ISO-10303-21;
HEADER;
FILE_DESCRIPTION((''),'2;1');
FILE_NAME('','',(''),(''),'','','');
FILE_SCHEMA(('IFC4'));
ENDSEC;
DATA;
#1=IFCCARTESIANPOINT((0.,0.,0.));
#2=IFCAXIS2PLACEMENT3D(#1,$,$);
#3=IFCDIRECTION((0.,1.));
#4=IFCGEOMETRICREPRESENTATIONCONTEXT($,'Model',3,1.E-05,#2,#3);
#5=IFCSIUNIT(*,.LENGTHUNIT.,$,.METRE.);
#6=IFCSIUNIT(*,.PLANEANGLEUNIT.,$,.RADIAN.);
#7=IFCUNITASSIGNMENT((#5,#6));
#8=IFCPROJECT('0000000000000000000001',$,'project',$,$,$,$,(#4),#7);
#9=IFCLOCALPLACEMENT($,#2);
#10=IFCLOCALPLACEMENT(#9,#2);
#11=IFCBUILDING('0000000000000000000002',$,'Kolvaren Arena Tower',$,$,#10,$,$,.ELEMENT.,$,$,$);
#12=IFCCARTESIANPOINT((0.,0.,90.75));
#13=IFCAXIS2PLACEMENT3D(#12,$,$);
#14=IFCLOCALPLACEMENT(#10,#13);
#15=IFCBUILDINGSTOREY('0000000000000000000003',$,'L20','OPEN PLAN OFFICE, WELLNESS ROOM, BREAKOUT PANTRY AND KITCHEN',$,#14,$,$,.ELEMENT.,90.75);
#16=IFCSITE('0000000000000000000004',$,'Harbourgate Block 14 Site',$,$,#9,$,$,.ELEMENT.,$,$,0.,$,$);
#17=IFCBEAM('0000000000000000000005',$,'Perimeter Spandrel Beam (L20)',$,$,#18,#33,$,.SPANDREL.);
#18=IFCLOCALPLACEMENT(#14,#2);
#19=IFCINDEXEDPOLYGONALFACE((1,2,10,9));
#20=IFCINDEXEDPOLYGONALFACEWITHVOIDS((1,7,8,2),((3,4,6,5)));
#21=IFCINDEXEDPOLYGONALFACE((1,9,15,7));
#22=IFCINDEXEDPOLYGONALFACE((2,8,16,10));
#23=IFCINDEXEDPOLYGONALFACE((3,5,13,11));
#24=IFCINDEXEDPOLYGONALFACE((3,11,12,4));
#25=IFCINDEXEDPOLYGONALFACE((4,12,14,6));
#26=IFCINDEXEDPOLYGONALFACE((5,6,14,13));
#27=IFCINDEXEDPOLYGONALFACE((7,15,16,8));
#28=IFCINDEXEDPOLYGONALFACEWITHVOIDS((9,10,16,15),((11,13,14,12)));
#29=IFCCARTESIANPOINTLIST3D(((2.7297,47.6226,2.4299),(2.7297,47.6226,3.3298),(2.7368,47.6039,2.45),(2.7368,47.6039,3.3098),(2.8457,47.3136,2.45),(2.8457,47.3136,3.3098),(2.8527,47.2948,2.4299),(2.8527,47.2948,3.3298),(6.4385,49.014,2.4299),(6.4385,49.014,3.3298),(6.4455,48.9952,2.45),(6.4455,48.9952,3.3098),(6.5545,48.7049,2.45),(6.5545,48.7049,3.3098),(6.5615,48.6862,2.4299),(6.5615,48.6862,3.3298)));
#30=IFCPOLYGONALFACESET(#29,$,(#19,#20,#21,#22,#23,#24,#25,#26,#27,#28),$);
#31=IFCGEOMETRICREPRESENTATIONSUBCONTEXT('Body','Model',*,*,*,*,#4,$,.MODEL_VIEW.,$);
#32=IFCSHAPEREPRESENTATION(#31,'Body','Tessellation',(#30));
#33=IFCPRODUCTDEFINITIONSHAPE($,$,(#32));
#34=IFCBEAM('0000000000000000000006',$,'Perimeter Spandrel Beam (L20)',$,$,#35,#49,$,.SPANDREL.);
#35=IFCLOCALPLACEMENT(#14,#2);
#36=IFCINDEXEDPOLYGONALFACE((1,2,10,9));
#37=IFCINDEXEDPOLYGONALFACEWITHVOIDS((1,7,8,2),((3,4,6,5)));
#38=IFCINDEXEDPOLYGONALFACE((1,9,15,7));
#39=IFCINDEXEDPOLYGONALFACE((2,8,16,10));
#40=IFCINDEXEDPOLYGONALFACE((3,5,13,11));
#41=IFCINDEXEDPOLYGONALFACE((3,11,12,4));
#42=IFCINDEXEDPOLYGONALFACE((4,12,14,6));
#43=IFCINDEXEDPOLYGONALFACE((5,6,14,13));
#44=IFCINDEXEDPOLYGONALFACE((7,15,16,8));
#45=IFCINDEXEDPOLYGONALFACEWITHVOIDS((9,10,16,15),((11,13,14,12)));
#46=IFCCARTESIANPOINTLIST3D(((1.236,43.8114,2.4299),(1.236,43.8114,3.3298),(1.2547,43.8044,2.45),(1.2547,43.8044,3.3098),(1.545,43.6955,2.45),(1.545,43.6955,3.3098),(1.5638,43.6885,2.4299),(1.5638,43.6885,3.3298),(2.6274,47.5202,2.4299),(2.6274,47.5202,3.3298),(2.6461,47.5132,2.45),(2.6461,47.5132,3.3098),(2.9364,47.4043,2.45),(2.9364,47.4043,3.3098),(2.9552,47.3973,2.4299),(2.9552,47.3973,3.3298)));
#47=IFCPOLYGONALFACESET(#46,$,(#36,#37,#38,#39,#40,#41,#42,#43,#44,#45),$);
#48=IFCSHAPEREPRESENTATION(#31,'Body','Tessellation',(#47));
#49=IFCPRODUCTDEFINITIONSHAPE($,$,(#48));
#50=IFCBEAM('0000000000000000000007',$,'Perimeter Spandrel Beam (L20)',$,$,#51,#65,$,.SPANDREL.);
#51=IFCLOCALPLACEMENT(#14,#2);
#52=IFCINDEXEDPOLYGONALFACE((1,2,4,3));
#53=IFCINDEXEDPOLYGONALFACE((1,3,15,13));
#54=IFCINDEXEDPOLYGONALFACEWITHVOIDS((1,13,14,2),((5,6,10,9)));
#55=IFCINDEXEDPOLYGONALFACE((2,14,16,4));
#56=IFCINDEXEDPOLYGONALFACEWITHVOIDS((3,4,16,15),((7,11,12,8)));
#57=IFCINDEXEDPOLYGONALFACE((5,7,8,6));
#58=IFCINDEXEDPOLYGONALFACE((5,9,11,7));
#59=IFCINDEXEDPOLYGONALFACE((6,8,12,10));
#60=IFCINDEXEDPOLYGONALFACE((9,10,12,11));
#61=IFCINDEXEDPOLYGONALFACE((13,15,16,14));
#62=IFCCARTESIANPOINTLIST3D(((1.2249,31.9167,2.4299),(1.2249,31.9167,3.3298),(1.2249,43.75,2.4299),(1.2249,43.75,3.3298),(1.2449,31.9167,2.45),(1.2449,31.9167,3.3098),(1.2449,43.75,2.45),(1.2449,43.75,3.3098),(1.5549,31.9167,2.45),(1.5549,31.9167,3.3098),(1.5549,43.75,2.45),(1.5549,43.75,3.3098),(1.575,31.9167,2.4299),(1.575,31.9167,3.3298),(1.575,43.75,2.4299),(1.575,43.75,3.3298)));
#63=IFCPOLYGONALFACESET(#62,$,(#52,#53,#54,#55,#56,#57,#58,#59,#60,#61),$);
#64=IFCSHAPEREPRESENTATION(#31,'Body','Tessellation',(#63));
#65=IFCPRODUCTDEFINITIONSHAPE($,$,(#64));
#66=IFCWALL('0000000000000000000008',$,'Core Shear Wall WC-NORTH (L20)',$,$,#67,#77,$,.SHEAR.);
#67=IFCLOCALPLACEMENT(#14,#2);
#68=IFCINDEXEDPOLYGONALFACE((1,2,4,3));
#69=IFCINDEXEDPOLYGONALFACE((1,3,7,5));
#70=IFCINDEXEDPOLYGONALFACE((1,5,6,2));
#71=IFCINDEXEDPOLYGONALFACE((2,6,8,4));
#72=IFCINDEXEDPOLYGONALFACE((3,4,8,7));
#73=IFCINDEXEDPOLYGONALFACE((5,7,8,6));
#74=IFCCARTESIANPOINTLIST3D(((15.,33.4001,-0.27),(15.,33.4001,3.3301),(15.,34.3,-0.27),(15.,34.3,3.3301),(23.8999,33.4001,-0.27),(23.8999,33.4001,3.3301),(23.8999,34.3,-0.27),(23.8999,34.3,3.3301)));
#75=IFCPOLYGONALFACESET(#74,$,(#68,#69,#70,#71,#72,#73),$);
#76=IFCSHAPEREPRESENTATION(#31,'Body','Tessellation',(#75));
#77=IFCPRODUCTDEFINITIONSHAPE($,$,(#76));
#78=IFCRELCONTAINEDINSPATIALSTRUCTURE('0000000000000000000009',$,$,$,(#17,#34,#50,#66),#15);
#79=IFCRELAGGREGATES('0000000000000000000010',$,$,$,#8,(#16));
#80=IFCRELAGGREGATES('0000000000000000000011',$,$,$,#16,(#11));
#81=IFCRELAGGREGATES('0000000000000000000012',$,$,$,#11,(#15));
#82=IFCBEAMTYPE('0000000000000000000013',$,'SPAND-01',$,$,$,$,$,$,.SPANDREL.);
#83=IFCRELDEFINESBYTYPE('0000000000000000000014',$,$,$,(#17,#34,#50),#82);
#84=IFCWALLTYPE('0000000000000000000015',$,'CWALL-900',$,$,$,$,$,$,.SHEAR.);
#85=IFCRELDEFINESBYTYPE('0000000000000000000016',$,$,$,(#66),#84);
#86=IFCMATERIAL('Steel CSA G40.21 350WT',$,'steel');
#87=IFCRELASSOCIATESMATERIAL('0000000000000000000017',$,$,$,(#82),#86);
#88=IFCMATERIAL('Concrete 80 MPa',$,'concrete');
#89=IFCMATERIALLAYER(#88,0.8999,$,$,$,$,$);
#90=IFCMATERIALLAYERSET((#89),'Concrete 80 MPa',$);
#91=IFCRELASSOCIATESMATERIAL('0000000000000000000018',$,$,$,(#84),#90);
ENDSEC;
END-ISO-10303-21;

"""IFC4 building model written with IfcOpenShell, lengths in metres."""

from ifc_helpers import new_model, si_unit, direction, frame, frame_2d, origin, origin_2d, place, context, subcontext, project, spatial, rectangle, hollow_rectangle, extrude, material, layer, layer_set, material_profile, profile_set, type_object, element, save


model = new_model("IFC4")

# Units and contexts
model_context = context("Model", 3, precision=1e-05, world=origin(), true_north=direction((0.0, 1.0)))
body_context = subcontext(model_context, "Body", "Model", "MODEL_VIEW")
ifc_project = project(units=[si_unit("LENGTHUNIT", "METRE"), si_unit("PLANEANGLEUNIT", "RADIAN")], contexts=[model_context])

# Site, building, storey
site_placement = place(None, origin())
site = spatial("IfcSite", under=ifc_project, at=site_placement, Name="Harbourgate Block 14 Site", CompositionType="ELEMENT", RefElevation=0.0)
building_placement = place(site_placement, origin())
building = spatial("IfcBuilding", under=site, at=building_placement, Name="Kolvaren Arena Tower", CompositionType="ELEMENT")
storey_placement = place(building_placement, frame((0.0, 0.0, 90.75)))
storey = spatial("IfcBuildingStorey", under=building, at=storey_placement, Name="L20", Description="OPEN PLAN OFFICE, WELLNESS ROOM, BREAKOUT PANTRY AND KITCHEN", CompositionType="ELEMENT", Elevation=90.75)

# Beams
ifc_material_1 = material(Name="Steel CSA G40.21 350WT", Category="steel")
ifc_material_profile_1 = material_profile(ifc_material_1, hollow_rectangle(XDim=0.3501, YDim=0.8999, WallThickness=0.02, at=origin_2d()), Name="HSS 900x350x20")
ifc_profile_set_1 = profile_set([ifc_material_profile_1], Name="Steel CSA G40.21 350WT")
beam_type_1 = type_object("IfcBeamType", Name="SPAND-01", PredefinedType="SPANDREL", material=ifc_profile_set_1)
for number, where, z_axis, x_axis, name in (
    (1, (6.5, 48.8501, 2.8799), (-0.936281, -0.351252, 0.0), (0.351252, -0.936281, 0.0), "Perimeter Spandrel Beam (L20)"),
    (2, (2.7913, 47.4587, 2.8799), (-0.351252, -0.936281, 0.0), (0.936281, -0.351252, 0.0), "Perimeter Spandrel Beam (L20)"),
):
    element("IfcBeam", number, at=place(storey_placement, frame(where, z_axis=z_axis, x_axis=x_axis)), inside=storey, type_object=beam_type_1, Name=name, PredefinedType="SPANDREL", context=body_context, shape_type="SweptSolid", body=[
        extrude(hollow_rectangle(XDim=0.3501, YDim=0.8999, WallThickness=0.02, at=origin_2d()), origin(), (0.0, 0.0, 1.0), 3.9612),
    ])
beam_1_placement = place(storey_placement, frame((1.3999, 43.75, 2.8799), z_axis=(0.0, -1.0, 0.0), x_axis=(1.0, 0.0, 0.0)))
element("IfcBeam", 3, at=beam_1_placement, inside=storey, type_object=beam_type_1, Name="Perimeter Spandrel Beam (L20)", PredefinedType="SPANDREL", context=body_context, shape_type="SweptSolid", body=[
    extrude(hollow_rectangle(XDim=0.3501, YDim=0.8999, WallThickness=0.02, at=origin_2d()), origin(), (0.0, 0.0, 1.0), 11.8333),
])

# Wall
ifc_material_2 = material(Name="Concrete 80 MPa", Category="concrete")
ifc_layer_1 = layer(ifc_material_2, 0.8999)
ifc_layer_set_1 = layer_set([ifc_layer_1], Name="Concrete 80 MPa")
wall_type_1 = type_object("IfcWallType", Name="CWALL-900", PredefinedType="SHEAR", material=ifc_layer_set_1)
wall_1_placement = place(storey_placement, frame((15.0, 33.8501, -0.27), z_axis=(0.0, 0.0, 1.0), x_axis=(1.0, 0.0, 0.0)))
element("IfcWall", 4, at=wall_1_placement, inside=storey, type_object=wall_type_1, Name="Core Shear Wall WC-NORTH (L20)", PredefinedType="SHEAR", context=body_context, shape_type="SweptSolid", body=[
    extrude(rectangle(XDim=8.8999, YDim=0.8999, at=frame_2d((4.45, 0.0))), origin(), (0.0, 0.0, 1.0), 3.6001),
])

save(model, "model.ifc")
